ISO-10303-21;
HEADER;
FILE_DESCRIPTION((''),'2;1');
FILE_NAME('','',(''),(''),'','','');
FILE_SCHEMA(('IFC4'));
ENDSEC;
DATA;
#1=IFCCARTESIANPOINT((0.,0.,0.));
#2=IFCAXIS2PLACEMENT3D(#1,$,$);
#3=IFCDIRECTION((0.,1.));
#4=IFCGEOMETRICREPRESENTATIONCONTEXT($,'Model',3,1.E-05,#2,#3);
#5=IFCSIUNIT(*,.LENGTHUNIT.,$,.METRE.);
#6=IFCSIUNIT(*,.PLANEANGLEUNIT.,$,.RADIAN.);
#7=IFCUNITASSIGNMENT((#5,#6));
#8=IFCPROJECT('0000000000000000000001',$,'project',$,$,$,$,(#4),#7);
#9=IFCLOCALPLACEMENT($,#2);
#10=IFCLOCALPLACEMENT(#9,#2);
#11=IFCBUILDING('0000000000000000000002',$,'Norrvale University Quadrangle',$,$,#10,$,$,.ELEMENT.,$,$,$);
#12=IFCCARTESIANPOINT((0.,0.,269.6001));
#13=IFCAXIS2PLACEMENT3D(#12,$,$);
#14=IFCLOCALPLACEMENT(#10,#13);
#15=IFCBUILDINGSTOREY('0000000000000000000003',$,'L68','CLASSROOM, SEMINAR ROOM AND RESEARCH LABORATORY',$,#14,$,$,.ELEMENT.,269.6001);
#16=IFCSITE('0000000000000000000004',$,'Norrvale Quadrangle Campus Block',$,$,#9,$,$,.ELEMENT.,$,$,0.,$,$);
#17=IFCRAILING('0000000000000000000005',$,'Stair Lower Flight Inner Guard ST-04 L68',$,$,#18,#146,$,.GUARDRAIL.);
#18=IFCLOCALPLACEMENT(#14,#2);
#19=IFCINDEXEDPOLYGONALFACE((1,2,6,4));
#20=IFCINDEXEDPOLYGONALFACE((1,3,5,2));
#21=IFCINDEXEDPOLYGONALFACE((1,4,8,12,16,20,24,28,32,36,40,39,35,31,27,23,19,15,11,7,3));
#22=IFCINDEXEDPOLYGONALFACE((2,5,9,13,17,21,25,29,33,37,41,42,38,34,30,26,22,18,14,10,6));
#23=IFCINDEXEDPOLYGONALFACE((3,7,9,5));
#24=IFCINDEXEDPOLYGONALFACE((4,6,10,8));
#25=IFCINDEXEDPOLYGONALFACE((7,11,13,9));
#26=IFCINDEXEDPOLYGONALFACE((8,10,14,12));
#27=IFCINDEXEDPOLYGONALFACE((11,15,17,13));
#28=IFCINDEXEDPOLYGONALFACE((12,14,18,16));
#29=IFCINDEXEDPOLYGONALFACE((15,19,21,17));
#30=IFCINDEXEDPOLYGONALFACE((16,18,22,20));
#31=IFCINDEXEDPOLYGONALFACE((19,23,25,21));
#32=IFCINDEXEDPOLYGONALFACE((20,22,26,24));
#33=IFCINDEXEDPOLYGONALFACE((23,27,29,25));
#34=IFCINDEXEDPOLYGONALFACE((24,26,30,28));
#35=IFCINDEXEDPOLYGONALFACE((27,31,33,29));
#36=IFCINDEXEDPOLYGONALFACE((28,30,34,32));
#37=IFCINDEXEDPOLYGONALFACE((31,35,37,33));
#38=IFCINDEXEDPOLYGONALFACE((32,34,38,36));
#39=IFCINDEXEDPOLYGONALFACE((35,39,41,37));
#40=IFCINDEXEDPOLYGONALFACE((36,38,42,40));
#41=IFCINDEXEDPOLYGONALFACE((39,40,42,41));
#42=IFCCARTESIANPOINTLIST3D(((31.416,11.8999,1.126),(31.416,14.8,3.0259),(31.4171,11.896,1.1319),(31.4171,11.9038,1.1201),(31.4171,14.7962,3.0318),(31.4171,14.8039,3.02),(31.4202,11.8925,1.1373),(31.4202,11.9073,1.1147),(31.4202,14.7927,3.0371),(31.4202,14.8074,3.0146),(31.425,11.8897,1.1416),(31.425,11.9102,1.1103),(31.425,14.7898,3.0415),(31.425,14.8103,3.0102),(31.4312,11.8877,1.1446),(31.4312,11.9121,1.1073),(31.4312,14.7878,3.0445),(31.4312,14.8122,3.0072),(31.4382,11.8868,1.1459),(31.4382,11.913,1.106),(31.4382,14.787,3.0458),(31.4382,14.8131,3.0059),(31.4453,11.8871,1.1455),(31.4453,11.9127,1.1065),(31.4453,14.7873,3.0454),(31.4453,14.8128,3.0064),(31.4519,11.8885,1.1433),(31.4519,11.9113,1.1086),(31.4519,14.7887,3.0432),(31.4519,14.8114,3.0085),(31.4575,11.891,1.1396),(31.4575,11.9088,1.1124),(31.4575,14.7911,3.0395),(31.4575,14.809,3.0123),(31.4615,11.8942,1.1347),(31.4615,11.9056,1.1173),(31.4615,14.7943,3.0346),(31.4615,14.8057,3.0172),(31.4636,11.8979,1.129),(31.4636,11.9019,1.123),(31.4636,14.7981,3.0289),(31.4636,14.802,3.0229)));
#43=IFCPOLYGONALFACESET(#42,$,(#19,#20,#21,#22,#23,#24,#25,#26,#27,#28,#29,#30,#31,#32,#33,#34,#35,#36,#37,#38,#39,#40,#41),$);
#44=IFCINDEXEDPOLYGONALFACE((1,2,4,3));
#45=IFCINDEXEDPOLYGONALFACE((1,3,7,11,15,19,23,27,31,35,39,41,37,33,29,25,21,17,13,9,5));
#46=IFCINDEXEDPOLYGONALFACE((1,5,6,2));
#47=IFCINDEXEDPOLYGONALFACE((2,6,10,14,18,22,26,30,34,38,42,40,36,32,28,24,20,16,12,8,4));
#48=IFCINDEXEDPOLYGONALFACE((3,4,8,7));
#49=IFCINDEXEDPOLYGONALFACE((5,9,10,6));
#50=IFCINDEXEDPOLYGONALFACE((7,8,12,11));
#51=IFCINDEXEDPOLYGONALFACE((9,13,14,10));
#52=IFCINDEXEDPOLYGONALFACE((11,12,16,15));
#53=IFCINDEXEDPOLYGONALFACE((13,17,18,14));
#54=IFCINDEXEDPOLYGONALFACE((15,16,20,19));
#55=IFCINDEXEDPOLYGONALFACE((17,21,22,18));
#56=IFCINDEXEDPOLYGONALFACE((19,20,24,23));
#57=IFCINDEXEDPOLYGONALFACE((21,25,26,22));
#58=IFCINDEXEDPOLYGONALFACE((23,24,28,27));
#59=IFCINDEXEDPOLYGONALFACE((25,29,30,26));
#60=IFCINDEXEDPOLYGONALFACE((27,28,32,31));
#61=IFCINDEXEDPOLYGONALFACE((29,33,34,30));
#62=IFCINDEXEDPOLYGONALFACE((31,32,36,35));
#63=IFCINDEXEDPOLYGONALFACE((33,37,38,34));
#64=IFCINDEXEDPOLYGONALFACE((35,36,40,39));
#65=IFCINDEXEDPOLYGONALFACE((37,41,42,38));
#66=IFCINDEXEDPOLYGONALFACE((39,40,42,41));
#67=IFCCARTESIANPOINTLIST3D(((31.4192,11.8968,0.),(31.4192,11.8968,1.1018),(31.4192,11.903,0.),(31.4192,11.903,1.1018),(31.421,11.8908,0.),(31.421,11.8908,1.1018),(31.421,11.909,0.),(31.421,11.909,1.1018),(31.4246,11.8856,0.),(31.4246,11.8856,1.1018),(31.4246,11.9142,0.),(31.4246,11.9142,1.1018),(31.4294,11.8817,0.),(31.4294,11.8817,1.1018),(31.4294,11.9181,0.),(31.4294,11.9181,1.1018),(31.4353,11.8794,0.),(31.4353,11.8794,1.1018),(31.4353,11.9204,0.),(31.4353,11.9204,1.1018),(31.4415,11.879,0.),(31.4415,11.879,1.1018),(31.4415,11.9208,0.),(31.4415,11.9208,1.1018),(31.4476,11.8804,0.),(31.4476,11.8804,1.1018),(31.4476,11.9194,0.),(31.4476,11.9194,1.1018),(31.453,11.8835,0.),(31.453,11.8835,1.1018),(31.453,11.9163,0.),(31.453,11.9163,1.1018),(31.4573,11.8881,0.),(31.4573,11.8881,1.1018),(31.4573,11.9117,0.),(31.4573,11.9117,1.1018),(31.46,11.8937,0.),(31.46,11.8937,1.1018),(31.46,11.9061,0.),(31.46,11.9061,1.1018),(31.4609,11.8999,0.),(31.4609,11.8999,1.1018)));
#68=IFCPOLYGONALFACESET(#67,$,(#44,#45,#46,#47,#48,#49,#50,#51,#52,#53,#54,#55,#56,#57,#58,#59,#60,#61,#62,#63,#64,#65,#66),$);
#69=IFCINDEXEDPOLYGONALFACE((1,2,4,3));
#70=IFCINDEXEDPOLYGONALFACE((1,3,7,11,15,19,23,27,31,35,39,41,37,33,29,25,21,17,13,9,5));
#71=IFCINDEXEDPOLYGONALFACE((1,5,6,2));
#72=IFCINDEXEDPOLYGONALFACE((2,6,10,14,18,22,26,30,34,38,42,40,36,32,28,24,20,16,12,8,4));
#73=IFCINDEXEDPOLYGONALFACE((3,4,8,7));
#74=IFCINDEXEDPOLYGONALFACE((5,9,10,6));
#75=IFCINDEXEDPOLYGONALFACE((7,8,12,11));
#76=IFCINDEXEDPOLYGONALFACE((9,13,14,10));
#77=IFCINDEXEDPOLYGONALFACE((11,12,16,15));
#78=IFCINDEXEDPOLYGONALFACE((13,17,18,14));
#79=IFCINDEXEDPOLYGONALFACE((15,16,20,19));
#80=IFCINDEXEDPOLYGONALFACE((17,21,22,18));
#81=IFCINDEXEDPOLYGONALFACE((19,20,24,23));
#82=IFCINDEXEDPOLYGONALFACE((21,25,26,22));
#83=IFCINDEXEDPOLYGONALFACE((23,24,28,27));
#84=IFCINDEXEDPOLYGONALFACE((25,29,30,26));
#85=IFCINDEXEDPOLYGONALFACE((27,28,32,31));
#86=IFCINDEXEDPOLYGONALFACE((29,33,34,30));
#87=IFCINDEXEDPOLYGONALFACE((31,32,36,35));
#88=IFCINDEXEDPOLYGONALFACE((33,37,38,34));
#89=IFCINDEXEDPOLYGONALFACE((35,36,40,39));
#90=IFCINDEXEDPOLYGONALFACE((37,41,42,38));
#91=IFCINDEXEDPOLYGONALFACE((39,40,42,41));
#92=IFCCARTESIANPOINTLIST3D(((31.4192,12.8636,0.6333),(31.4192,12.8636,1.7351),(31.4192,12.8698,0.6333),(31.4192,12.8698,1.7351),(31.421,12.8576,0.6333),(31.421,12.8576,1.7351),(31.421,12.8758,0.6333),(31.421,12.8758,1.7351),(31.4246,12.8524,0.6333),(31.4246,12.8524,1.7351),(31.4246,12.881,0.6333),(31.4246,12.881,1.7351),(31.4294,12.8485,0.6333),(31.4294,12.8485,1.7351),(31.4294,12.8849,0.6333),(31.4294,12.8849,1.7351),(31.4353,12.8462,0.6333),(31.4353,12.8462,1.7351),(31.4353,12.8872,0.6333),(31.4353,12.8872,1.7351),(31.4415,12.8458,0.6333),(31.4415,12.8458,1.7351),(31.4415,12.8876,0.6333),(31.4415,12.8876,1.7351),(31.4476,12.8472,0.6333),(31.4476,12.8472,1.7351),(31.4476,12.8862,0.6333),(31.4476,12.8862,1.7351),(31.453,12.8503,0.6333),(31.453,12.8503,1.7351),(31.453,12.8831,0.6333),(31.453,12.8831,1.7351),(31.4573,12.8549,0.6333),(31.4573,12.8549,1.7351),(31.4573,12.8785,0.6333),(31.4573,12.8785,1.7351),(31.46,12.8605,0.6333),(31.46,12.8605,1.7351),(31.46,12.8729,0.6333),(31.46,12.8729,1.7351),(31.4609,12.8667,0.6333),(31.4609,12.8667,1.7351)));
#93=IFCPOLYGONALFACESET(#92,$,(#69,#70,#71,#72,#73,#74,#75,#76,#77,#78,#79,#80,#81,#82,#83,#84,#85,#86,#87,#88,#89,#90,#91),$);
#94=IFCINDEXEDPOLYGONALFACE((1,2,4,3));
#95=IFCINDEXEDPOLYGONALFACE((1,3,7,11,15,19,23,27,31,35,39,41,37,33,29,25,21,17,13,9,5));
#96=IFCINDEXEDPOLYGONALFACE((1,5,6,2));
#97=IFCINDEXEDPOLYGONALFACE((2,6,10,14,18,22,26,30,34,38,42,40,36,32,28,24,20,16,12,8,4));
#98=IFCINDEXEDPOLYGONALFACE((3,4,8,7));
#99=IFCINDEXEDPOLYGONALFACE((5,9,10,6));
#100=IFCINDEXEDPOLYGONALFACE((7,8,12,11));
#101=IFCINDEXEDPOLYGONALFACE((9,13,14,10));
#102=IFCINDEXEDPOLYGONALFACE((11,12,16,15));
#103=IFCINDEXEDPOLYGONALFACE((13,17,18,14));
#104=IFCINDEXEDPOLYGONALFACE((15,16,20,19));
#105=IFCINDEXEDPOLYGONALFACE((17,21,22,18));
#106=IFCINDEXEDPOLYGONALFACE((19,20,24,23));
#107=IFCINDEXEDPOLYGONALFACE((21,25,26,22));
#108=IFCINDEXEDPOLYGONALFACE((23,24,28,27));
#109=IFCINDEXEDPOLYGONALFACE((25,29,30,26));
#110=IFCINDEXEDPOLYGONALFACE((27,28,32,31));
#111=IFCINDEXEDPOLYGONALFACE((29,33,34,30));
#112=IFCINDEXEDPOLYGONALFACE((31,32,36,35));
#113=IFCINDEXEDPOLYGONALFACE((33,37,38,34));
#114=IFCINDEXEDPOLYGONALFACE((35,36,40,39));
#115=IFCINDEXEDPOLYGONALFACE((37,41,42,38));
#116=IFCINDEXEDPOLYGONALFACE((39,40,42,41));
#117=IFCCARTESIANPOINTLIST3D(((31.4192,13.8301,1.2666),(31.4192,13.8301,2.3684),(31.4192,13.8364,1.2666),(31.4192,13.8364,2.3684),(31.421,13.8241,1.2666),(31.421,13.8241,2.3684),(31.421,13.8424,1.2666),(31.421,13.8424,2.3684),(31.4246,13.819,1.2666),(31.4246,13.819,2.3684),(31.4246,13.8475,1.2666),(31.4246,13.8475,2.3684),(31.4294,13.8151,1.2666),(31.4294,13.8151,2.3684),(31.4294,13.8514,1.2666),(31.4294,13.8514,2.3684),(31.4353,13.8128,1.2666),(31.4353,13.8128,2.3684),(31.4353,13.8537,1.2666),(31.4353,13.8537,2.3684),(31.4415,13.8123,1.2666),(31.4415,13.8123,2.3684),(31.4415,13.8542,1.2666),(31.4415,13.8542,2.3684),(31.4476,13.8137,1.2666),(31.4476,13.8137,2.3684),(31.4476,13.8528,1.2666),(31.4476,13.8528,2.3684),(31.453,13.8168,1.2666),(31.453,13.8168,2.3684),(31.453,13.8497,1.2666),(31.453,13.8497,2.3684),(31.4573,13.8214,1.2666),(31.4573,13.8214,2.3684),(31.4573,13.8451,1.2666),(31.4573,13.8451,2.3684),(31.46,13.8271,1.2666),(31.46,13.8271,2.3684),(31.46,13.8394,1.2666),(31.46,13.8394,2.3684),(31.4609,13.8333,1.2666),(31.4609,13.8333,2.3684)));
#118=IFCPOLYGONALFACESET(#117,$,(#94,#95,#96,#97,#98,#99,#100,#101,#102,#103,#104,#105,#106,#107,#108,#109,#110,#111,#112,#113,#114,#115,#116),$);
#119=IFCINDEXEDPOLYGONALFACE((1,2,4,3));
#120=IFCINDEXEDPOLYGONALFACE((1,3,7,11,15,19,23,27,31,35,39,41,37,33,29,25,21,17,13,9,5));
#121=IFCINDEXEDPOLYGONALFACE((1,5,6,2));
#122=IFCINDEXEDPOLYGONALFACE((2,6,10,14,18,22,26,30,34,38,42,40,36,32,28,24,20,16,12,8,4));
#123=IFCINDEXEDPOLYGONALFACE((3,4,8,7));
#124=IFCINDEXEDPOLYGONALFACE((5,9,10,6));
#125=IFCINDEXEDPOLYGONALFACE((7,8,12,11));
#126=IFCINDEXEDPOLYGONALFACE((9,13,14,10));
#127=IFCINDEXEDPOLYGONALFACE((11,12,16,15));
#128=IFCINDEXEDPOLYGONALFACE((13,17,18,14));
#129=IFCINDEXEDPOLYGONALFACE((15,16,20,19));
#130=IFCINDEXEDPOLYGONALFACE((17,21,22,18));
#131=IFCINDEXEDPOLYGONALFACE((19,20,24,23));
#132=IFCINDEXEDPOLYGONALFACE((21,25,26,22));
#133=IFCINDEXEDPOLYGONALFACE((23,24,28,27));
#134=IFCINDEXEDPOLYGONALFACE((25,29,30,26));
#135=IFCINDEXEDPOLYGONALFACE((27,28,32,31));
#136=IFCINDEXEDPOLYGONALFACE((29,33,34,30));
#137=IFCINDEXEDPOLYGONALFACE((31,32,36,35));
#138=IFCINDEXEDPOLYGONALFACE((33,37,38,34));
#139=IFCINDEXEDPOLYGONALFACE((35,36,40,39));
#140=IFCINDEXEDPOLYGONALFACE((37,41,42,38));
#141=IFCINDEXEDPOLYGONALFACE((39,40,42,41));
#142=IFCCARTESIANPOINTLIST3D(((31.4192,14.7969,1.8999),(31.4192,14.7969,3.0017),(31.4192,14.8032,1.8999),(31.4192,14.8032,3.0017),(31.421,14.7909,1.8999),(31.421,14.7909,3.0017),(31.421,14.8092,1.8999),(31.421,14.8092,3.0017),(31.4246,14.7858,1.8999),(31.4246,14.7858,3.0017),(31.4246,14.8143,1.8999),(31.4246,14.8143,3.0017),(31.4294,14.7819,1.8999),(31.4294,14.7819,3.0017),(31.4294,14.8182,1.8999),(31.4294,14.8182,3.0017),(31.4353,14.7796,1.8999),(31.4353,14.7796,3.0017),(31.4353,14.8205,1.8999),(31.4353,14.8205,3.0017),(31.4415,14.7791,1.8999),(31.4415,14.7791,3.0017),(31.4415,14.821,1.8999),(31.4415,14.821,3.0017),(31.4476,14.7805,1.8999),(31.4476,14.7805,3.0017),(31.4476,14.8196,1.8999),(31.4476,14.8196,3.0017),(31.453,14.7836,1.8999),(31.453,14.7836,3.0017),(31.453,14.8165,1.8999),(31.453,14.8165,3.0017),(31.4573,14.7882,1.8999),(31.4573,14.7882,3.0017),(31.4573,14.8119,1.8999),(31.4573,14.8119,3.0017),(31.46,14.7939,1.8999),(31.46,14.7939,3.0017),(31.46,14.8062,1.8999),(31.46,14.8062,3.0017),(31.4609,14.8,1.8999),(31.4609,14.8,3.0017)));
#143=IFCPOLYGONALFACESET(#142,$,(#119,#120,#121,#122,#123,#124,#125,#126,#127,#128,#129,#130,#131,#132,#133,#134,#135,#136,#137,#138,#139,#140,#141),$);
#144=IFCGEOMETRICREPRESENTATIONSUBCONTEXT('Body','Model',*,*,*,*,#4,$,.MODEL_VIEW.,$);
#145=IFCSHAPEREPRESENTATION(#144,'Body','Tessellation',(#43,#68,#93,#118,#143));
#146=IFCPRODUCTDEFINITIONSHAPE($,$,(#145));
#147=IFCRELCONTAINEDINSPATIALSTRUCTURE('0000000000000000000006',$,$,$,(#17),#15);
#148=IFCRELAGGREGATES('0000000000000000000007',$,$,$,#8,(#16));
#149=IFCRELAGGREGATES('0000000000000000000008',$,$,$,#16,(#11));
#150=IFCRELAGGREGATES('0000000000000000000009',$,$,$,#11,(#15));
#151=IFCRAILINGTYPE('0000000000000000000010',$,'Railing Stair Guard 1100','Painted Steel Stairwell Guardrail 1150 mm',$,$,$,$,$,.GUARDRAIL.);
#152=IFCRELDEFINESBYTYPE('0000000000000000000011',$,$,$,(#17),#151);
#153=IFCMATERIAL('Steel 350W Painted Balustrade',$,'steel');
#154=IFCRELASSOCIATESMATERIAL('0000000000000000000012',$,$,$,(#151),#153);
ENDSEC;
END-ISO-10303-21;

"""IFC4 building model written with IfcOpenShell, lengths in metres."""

from ifc_helpers import new_model, si_unit, direction, frame, origin, origin_2d, place, context, subcontext, project, spatial, circle, extrude, material, type_object, element, save


model = new_model("IFC4")

# Units and contexts
model_context = context("Model", 3, precision=1e-05, world=origin(), true_north=direction((0.0, 1.0)))
body_context = subcontext(model_context, "Body", "Model", "MODEL_VIEW")
ifc_project = project(units=[si_unit("LENGTHUNIT", "METRE"), si_unit("PLANEANGLEUNIT", "RADIAN")], contexts=[model_context])

# Site, building, storey
site_placement = place(None, origin())
site = spatial("IfcSite", under=ifc_project, at=site_placement, Name="Norrvale Quadrangle Campus Block", CompositionType="ELEMENT", RefElevation=0.0)
building_placement = place(site_placement, origin())
building = spatial("IfcBuilding", under=site, at=building_placement, Name="Norrvale University Quadrangle", CompositionType="ELEMENT")
storey_placement = place(building_placement, frame((0.0, 0.0, 269.6001)))
storey = spatial("IfcBuildingStorey", under=building, at=storey_placement, Name="L68", Description="CLASSROOM, SEMINAR ROOM AND RESEARCH LABORATORY", CompositionType="ELEMENT", Elevation=269.6001)

# Railing
ifc_material_1 = material(Name="Steel 350W Painted Balustrade", Category="steel")
railing_type_1 = type_object("IfcRailingType", Name="Railing Stair Guard 1100", Description="Painted Steel Stairwell Guardrail 1150 mm", PredefinedType="GUARDRAIL", material=ifc_material_1)
railing_1_placement = place(storey_placement, frame((31.4399, 11.8999, 0.0)))
element("IfcRailing", 1, at=railing_1_placement, inside=storey, type_object=railing_type_1, Name="Stair Lower Flight Inner Guard ST-04 L68", PredefinedType="GUARDRAIL", context=body_context, shape_type="SweptSolid", body=[
    extrude(circle(Radius=0.0239, at=origin_2d()), frame((0.0, 0.0, 1.126), z_axis=(0.0, 0.836487, 0.547987), x_axis=(-1.0, 0.0, 0.0)), (0.0, 0.0, 1.0), 3.467),
    extrude(circle(Radius=0.021, at=origin_2d()), origin(), (0.0, 0.0, 1.0), 1.1018),
    extrude(circle(Radius=0.021, at=origin_2d()), frame((0.0, 0.9668, 0.6333)), (0.0, 0.0, 1.0), 1.1018),
    extrude(circle(Radius=0.021, at=origin_2d()), frame((0.0, 1.9333, 1.2666)), (0.0, 0.0, 1.0), 1.1018),
    extrude(circle(Radius=0.021, at=origin_2d()), frame((0.0, 2.9001, 1.8999)), (0.0, 0.0, 1.0), 1.1018),
])

save(model, "model.ifc")
